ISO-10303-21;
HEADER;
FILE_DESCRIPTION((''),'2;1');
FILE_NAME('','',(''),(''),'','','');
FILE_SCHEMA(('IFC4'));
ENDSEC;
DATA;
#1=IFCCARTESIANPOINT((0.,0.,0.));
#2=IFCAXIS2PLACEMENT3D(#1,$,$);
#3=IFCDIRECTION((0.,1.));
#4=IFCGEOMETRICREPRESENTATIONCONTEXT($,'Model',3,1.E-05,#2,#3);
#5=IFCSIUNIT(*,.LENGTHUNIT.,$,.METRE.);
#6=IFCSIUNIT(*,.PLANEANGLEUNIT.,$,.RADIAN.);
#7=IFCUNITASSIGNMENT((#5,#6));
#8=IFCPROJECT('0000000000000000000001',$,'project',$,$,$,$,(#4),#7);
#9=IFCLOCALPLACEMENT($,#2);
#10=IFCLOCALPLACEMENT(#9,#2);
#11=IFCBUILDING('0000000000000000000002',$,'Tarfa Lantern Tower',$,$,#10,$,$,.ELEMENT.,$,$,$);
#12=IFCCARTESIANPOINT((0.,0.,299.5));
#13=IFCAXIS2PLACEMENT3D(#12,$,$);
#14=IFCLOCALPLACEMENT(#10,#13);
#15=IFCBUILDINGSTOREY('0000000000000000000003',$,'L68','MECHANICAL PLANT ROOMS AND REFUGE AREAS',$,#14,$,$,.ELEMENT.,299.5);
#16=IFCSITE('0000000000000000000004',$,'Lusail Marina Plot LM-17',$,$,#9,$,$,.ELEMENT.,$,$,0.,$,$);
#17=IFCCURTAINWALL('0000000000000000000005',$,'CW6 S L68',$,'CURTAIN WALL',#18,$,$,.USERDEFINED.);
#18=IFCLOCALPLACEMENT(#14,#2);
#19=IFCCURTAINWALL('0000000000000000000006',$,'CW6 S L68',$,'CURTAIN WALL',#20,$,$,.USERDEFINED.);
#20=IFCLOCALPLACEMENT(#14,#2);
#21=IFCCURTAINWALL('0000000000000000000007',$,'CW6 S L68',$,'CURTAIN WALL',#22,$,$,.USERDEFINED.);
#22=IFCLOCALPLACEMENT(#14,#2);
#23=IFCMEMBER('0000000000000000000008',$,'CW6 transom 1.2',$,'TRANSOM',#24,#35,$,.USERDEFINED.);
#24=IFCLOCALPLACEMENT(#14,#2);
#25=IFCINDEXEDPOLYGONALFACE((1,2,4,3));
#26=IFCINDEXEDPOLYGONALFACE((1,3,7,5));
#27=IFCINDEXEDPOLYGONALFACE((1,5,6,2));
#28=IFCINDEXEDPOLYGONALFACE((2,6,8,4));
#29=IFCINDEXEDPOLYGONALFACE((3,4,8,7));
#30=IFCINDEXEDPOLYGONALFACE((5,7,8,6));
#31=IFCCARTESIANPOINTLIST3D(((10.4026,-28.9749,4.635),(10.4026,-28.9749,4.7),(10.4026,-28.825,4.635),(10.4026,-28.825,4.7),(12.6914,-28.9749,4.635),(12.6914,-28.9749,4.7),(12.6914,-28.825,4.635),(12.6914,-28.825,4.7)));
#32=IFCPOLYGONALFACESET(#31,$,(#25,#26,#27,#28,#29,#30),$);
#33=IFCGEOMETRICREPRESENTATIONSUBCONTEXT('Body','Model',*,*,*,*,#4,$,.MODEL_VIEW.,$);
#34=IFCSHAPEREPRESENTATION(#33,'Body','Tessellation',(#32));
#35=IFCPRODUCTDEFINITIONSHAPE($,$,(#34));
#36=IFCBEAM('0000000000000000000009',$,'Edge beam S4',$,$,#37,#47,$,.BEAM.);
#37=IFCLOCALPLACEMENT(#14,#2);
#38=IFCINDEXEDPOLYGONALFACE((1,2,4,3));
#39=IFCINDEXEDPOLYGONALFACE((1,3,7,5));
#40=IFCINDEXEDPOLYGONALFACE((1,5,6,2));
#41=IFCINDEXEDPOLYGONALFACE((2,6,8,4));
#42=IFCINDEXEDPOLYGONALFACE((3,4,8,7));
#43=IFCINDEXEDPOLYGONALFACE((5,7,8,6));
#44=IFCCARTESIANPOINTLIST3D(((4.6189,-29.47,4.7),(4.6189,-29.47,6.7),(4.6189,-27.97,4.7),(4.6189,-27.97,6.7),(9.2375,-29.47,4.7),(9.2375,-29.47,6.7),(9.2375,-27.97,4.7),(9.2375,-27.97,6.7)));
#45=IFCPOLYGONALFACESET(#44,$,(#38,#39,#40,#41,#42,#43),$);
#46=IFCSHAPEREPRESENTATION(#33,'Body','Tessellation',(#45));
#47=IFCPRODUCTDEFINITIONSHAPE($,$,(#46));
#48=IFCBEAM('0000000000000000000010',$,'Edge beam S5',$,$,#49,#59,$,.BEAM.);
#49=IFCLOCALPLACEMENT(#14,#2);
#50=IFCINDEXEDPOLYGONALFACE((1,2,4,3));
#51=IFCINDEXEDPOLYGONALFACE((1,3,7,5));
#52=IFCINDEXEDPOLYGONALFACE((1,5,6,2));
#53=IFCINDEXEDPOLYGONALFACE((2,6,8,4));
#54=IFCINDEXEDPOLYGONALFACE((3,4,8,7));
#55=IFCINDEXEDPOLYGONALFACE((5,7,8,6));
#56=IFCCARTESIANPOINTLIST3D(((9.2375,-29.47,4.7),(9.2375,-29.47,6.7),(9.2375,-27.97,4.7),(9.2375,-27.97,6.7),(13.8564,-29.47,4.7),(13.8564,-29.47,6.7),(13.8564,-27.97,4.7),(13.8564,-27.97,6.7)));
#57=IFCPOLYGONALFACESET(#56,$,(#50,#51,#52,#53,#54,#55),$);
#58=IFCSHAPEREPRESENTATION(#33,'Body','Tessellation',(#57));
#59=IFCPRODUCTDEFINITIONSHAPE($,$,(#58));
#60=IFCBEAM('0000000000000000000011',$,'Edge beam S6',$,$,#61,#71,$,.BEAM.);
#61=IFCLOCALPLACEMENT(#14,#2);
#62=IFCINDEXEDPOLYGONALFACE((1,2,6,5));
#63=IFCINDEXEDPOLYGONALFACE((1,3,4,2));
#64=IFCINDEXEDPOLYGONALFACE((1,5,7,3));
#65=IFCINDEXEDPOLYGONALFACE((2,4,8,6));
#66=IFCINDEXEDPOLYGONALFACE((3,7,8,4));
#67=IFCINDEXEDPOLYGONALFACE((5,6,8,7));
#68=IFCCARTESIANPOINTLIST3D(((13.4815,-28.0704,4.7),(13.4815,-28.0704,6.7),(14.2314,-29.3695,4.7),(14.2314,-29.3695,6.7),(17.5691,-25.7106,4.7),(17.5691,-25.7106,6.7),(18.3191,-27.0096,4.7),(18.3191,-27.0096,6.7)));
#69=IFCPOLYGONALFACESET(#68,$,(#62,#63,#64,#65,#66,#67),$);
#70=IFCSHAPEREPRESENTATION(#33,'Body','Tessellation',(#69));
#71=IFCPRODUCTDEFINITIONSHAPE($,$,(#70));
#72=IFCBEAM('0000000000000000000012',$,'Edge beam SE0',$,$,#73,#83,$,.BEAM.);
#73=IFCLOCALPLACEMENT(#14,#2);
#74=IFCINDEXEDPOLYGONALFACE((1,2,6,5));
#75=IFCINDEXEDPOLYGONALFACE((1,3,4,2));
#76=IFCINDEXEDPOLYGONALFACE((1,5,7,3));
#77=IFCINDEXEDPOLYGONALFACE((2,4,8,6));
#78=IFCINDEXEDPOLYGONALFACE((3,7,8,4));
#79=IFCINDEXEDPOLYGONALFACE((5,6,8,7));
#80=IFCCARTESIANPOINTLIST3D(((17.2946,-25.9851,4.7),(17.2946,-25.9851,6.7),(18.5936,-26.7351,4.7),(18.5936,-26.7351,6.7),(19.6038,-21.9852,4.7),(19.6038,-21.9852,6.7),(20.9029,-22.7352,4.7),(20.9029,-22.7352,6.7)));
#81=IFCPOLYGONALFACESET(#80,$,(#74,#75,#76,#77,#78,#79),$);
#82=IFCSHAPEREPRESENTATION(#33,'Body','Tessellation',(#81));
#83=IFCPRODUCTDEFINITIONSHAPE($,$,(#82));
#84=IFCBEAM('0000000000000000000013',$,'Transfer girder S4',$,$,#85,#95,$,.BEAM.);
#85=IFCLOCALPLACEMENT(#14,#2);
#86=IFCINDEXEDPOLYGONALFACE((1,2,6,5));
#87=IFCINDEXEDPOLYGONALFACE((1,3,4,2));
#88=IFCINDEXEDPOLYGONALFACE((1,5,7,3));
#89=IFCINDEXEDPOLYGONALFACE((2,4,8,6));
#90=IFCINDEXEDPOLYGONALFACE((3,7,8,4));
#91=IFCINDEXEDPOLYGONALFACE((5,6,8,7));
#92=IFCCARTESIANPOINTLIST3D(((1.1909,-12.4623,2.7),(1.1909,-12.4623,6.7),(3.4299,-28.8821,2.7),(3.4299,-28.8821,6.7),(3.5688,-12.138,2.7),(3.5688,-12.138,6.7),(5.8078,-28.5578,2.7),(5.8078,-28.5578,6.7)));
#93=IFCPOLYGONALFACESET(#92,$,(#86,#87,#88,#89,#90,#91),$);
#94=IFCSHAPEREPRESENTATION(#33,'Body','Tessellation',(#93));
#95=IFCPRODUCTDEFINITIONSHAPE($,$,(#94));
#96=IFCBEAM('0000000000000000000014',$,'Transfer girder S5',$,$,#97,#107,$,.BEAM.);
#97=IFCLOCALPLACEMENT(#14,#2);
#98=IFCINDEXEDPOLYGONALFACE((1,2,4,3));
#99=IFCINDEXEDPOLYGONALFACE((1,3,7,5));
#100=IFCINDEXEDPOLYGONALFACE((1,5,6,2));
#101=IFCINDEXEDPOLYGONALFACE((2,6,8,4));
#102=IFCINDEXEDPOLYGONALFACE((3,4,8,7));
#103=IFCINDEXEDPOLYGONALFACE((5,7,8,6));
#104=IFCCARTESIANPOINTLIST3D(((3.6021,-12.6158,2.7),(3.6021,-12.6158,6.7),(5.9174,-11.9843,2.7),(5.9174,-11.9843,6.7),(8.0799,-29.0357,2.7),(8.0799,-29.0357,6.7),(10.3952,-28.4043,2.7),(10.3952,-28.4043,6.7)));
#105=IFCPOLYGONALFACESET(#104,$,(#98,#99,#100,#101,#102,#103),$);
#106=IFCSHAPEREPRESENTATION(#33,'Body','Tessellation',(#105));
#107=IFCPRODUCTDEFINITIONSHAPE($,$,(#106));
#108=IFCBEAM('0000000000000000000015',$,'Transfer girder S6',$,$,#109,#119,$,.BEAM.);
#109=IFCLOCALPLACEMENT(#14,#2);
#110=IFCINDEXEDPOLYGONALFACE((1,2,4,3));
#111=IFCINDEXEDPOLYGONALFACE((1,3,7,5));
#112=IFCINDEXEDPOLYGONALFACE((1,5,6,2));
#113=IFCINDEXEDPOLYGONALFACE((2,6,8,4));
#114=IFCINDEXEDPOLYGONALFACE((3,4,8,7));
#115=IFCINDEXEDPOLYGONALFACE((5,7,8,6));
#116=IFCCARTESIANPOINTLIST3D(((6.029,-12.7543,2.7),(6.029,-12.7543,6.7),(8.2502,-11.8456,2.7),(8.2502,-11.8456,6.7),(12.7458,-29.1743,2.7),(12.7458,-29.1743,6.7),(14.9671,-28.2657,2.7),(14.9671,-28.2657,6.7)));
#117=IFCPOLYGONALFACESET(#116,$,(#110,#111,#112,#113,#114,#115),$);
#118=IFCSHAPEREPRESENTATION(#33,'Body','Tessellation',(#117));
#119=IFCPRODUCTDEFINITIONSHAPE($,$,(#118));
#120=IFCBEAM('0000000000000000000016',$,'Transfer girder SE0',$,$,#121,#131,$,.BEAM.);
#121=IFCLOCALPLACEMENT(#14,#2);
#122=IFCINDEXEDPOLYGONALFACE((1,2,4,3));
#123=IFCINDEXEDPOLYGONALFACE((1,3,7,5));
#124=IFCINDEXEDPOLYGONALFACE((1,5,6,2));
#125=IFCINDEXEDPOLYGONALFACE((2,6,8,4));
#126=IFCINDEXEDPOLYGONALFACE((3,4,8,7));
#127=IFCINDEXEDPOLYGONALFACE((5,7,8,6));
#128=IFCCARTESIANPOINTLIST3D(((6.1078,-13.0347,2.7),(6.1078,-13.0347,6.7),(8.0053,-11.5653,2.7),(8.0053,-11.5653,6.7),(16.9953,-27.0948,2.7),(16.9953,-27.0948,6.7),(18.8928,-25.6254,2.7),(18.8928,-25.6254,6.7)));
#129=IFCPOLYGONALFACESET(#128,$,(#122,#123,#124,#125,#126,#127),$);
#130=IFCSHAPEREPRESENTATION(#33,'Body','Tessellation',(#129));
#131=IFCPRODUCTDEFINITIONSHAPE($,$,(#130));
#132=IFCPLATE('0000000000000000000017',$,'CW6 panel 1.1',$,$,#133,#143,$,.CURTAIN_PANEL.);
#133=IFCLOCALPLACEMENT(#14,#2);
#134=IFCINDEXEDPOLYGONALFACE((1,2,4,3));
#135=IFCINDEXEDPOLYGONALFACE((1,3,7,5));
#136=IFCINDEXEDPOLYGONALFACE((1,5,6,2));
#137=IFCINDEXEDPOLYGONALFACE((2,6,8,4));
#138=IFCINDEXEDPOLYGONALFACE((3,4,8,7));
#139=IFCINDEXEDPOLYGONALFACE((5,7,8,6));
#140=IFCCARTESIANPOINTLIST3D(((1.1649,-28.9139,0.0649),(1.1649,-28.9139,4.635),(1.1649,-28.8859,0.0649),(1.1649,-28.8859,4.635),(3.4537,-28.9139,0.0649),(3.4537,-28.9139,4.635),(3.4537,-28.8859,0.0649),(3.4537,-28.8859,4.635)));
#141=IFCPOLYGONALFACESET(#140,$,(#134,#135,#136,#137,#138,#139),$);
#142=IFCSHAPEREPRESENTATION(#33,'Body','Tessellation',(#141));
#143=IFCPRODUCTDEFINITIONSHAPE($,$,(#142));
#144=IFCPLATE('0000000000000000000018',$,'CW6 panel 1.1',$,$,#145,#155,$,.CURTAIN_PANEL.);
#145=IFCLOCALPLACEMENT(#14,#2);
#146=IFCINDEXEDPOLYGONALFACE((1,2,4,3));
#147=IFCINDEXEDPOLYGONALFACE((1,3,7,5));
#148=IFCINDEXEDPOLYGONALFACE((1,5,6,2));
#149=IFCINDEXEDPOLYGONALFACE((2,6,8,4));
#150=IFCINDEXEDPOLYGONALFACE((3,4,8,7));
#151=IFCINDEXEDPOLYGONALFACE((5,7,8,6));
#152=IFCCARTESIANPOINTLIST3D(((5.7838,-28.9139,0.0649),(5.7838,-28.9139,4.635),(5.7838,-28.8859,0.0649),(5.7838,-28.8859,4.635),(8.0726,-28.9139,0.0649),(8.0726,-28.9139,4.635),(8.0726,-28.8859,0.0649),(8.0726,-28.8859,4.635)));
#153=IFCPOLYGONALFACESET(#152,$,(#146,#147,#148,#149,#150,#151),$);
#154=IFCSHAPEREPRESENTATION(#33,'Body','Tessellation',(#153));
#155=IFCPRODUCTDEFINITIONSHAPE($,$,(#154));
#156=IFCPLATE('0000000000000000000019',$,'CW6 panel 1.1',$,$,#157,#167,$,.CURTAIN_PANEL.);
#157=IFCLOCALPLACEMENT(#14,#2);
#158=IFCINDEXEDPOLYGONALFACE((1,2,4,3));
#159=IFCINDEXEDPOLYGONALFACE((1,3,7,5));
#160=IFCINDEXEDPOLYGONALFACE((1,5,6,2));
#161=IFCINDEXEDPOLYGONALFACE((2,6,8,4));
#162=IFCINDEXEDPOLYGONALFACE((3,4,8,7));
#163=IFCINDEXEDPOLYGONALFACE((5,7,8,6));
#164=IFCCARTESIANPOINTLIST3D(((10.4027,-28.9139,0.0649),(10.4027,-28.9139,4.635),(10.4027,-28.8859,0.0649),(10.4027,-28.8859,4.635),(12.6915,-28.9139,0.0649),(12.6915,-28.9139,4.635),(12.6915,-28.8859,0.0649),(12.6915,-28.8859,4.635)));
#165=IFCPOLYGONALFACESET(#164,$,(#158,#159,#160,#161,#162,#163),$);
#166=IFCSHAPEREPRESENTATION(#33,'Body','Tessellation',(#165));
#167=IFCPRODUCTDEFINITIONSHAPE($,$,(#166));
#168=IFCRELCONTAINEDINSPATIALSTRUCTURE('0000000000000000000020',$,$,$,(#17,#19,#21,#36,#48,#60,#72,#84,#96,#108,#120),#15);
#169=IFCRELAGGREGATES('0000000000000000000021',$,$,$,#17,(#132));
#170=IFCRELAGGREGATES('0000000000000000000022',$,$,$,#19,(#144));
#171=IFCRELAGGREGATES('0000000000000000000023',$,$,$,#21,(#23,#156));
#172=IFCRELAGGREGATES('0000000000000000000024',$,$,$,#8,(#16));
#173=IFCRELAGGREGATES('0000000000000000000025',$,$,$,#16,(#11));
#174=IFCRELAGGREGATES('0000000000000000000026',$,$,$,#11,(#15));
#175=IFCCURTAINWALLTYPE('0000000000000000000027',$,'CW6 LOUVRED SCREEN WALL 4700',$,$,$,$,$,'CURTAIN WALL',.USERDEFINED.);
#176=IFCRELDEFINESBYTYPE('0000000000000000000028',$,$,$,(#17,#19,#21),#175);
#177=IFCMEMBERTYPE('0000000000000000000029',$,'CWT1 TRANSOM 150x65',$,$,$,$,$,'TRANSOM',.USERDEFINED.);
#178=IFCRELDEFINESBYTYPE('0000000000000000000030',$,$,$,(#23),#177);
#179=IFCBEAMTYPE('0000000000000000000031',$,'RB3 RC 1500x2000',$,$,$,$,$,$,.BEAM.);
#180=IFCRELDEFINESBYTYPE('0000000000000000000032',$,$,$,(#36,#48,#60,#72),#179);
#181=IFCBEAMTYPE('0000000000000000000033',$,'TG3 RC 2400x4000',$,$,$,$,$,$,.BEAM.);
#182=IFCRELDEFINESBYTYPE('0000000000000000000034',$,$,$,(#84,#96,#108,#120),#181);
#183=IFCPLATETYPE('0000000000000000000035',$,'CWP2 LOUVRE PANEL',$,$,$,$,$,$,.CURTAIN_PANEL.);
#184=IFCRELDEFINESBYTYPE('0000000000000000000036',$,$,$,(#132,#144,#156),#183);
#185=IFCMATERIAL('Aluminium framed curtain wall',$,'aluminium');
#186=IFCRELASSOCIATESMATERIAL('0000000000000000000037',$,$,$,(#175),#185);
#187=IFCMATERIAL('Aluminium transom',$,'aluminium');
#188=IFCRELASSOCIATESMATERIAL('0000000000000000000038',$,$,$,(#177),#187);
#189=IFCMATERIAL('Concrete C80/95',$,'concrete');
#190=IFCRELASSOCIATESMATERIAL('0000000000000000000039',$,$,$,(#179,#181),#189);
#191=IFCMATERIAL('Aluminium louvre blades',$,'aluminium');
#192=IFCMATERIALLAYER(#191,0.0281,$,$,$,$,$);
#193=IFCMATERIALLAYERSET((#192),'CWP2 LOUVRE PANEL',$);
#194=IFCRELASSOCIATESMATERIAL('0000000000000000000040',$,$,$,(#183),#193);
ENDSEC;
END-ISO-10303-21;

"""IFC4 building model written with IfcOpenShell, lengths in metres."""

from ifc_helpers import new_model, si_unit, direction, frame, origin, origin_2d, place, context, subcontext, project, spatial, rectangle, extrude, material, layer, layer_set, material_profile, profile_set, type_object, element, aggregate, save


model = new_model("IFC4")

# Units and contexts
model_context = context("Model", 3, precision=1e-05, world=origin(), true_north=direction((0.0, 1.0)))
body_context = subcontext(model_context, "Body", "Model", "MODEL_VIEW")
ifc_project = project(units=[si_unit("LENGTHUNIT", "METRE"), si_unit("PLANEANGLEUNIT", "RADIAN")], contexts=[model_context])

# Site, building, storey
site_placement = place(None, origin())
site = spatial("IfcSite", under=ifc_project, at=site_placement, Name="Lusail Marina Plot LM-17", CompositionType="ELEMENT", RefElevation=0.0)
building_placement = place(site_placement, origin())
building = spatial("IfcBuilding", under=site, at=building_placement, Name="Tarfa Lantern Tower", CompositionType="ELEMENT")
storey_placement = place(building_placement, frame((0.0, 0.0, 299.5)))
storey = spatial("IfcBuildingStorey", under=building, at=storey_placement, Name="L68", Description="MECHANICAL PLANT ROOMS AND REFUGE AREAS", CompositionType="ELEMENT", Elevation=299.5)

# Shared definitions
ifc_material_1 = material(Name="Concrete C80/95", Category="concrete")

# Curtain walls
ifc_material_2 = material(Name="Aluminium framed curtain wall", Category="aluminium")
curtain_wall_type = type_object("IfcCurtainWallType", Name="CW6 LOUVRED SCREEN WALL 4700", ElementType="CURTAIN WALL", PredefinedType="USERDEFINED", material=ifc_material_2)
curtain_wall_1_placement = place(storey_placement, origin())
curtain_wall_1 = element("IfcCurtainWall", 1, at=curtain_wall_1_placement, inside=storey, type_object=curtain_wall_type, Name="CW6 S L68", ObjectType="CURTAIN WALL", PredefinedType="USERDEFINED")
curtain_wall_2_placement = place(storey_placement, origin())
curtain_wall_2 = element("IfcCurtainWall", 2, at=curtain_wall_2_placement, inside=storey, type_object=curtain_wall_type, Name="CW6 S L68", ObjectType="CURTAIN WALL", PredefinedType="USERDEFINED")
curtain_wall_3_placement = place(storey_placement, origin())
curtain_wall_3 = element("IfcCurtainWall", 3, at=curtain_wall_3_placement, inside=storey, type_object=curtain_wall_type, Name="CW6 S L68", ObjectType="CURTAIN WALL", PredefinedType="USERDEFINED")

# Member
ifc_material_3 = material(Name="Aluminium transom", Category="aluminium")
ifc_material_profile_1 = material_profile(ifc_material_3, rectangle(XDim=0.1499, YDim=0.0649, at=origin_2d()), Name="AL TRANSOM 150x65")
ifc_profile_set_1 = profile_set([ifc_material_profile_1], Name="Aluminium transom")
member_type_1 = type_object("IfcMemberType", Name="CWT1 TRANSOM 150x65", ElementType="TRANSOM", PredefinedType="USERDEFINED", material=ifc_profile_set_1)
member_1_placement = place(storey_placement, frame((10.4026, -28.8999, 4.6675), z_axis=(1.0, 0.0, 0.0), x_axis=(0.0, 1.0, 0.0)))
member_1 = element("IfcMember", 4, at=member_1_placement, type_object=member_type_1, Name="CW6 transom 1.2", ObjectType="TRANSOM", PredefinedType="USERDEFINED", context=body_context, shape_type="SweptSolid", body=[
    extrude(rectangle(XDim=0.1499, YDim=0.0649, at=origin_2d()), origin(), (0.0, 0.0, 1.0), 2.2888),
])

# Beams
ifc_material_profile_2 = material_profile(ifc_material_1, rectangle(XDim=1.5, YDim=2.0, at=origin_2d()), Name="RC 1500x2000")
ifc_profile_set_2 = profile_set([ifc_material_profile_2], Name="Concrete C80/95")
beam_type_1 = type_object("IfcBeamType", Name="RB3 RC 1500x2000", PredefinedType="BEAM", material=ifc_profile_set_2)
beam_1_placement = place(storey_placement, frame((4.6189, -28.72, 5.7), z_axis=(1.0, 0.0, 0.0), x_axis=(0.0, 1.0, 0.0)))
element("IfcBeam", 5, at=beam_1_placement, inside=storey, type_object=beam_type_1, Name="Edge beam S4", PredefinedType="BEAM", context=body_context, shape_type="SweptSolid", body=[
    extrude(rectangle(XDim=1.5, YDim=2.0, at=origin_2d()), origin(), (0.0, 0.0, 1.0), 4.6187),
])
beam_2_placement = place(storey_placement, frame((9.2375, -28.72, 5.7), z_axis=(1.0, 0.0, 0.0), x_axis=(0.0, 1.0, 0.0)))
element("IfcBeam", 6, at=beam_2_placement, inside=storey, type_object=beam_type_1, Name="Edge beam S5", PredefinedType="BEAM", context=body_context, shape_type="SweptSolid", body=[
    extrude(rectangle(XDim=1.5, YDim=2.0, at=origin_2d()), origin(), (0.0, 0.0, 1.0), 4.6189),
])
beam_3_placement = place(storey_placement, frame((13.8564, -28.72, 5.7), z_axis=(0.866038, 0.499978, 0.0), x_axis=(-0.499978, 0.866038, 0.0)))
element("IfcBeam", 7, at=beam_3_placement, inside=storey, type_object=beam_type_1, Name="Edge beam S6", PredefinedType="BEAM", context=body_context, shape_type="SweptSolid", body=[
    extrude(rectangle(XDim=1.5, YDim=2.0, at=origin_2d()), origin(), (0.0, 0.0, 1.0), 4.72),
])
beam_4_placement = place(storey_placement, frame((17.9441, -26.3601, 5.7), z_axis=(0.499988, 0.866032, 0.0), x_axis=(-0.866032, 0.499988, 0.0)))
element("IfcBeam", 8, at=beam_4_placement, inside=storey, type_object=beam_type_1, Name="Edge beam SE0", PredefinedType="BEAM", context=body_context, shape_type="SweptSolid", body=[
    extrude(rectangle(XDim=1.5, YDim=2.0, at=origin_2d()), origin(), (0.0, 0.0, 1.0), 4.6187),
])
ifc_material_profile_3 = material_profile(ifc_material_1, rectangle(XDim=2.3999, YDim=4.0, at=origin_2d()), Name="RC 2400x4000")
ifc_profile_set_3 = profile_set([ifc_material_profile_3], Name="Concrete C80/95")
beam_type_2 = type_object("IfcBeamType", Name="TG3 RC 2400x4000", PredefinedType="BEAM", material=ifc_profile_set_3)
beam_5_placement = place(storey_placement, frame((4.6189, -28.72, 4.7), z_axis=(-0.135109, 0.990831, 0.0), x_axis=(-0.990831, -0.135109, 0.0)))
element("IfcBeam", 9, at=beam_5_placement, inside=storey, type_object=beam_type_2, Name="Transfer girder S4", PredefinedType="BEAM", context=body_context, shape_type="SweptSolid", body=[
    extrude(rectangle(XDim=2.3999, YDim=4.0, at=origin_2d()), origin(), (0.0, 0.0, 1.0), 16.5718),
])
beam_6_placement = place(storey_placement, frame((9.2375, -28.72, 4.7), z_axis=(-0.263097, 0.964769, 0.0), x_axis=(-0.964769, -0.263097, 0.0)))
element("IfcBeam", 10, at=beam_6_placement, inside=storey, type_object=beam_type_2, Name="Transfer girder S5", PredefinedType="BEAM", context=body_context, shape_type="SweptSolid", body=[
    extrude(rectangle(XDim=2.3999, YDim=4.0, at=origin_2d()), origin(), (0.0, 0.0, 1.0), 17.0195),
])
beam_7_placement = place(storey_placement, frame((13.8564, -28.72, 4.7), z_axis=(-0.378611, 0.925556, 0.0), x_axis=(-0.925556, -0.378611, 0.0)))
element("IfcBeam", 11, at=beam_7_placement, inside=storey, type_object=beam_type_2, Name="Transfer girder S6", PredefinedType="BEAM", context=body_context, shape_type="SweptSolid", body=[
    extrude(rectangle(XDim=2.3999, YDim=4.0, at=origin_2d()), origin(), (0.0, 0.0, 1.0), 17.7407),
])
beam_8_placement = place(storey_placement, frame((17.9441, -26.3601, 4.7), z_axis=(-0.612252, 0.790663, 0.0), x_axis=(-0.790663, -0.612252, 0.0)))
element("IfcBeam", 12, at=beam_8_placement, inside=storey, type_object=beam_type_2, Name="Transfer girder SE0", PredefinedType="BEAM", context=body_context, shape_type="SweptSolid", body=[
    extrude(rectangle(XDim=2.3999, YDim=4.0, at=origin_2d()), origin(), (0.0, 0.0, 1.0), 17.7827),
])

# Plates
ifc_material_4 = material(Name="Aluminium louvre blades", Category="aluminium")
ifc_layer = layer(ifc_material_4, 0.0281)
ifc_layer_set = layer_set([ifc_layer], Name="CWP2 LOUVRE PANEL")
plate_type = type_object("IfcPlateType", Name="CWP2 LOUVRE PANEL", PredefinedType="CURTAIN_PANEL", material=ifc_layer_set)
plate_1_placement = place(storey_placement, frame((2.3093, -28.8999, 0.0649), z_axis=(0.0, 0.0, 1.0), x_axis=(1.0, 0.0, 0.0)))
plate_1 = element("IfcPlate", 13, at=plate_1_placement, type_object=plate_type, Name="CW6 panel 1.1", PredefinedType="CURTAIN_PANEL", context=body_context, shape_type="SweptSolid", body=[
    extrude(rectangle(XDim=2.2888, YDim=0.0281, at=origin_2d()), origin(), (0.0, 0.0, 1.0), 4.5701),
])
aggregate(curtain_wall_1, [plate_1])
plate_2_placement = place(storey_placement, frame((6.9282, -28.8999, 0.0649), z_axis=(0.0, 0.0, 1.0), x_axis=(1.0, 0.0, 0.0)))
plate_2 = element("IfcPlate", 14, at=plate_2_placement, type_object=plate_type, Name="CW6 panel 1.1", PredefinedType="CURTAIN_PANEL", context=body_context, shape_type="SweptSolid", body=[
    extrude(rectangle(XDim=2.2888, YDim=0.0281, at=origin_2d()), origin(), (0.0, 0.0, 1.0), 4.5701),
])
aggregate(curtain_wall_2, [plate_2])
plate_3_placement = place(storey_placement, frame((11.5471, -28.8999, 0.0649), z_axis=(0.0, 0.0, 1.0), x_axis=(1.0, 0.0, 0.0)))
plate_3 = element("IfcPlate", 15, at=plate_3_placement, type_object=plate_type, Name="CW6 panel 1.1", PredefinedType="CURTAIN_PANEL", context=body_context, shape_type="SweptSolid", body=[
    extrude(rectangle(XDim=2.2888, YDim=0.0281, at=origin_2d()), origin(), (0.0, 0.0, 1.0), 4.5701),
])
aggregate(curtain_wall_3, [member_1, plate_3])

save(model, "model.ifc")
